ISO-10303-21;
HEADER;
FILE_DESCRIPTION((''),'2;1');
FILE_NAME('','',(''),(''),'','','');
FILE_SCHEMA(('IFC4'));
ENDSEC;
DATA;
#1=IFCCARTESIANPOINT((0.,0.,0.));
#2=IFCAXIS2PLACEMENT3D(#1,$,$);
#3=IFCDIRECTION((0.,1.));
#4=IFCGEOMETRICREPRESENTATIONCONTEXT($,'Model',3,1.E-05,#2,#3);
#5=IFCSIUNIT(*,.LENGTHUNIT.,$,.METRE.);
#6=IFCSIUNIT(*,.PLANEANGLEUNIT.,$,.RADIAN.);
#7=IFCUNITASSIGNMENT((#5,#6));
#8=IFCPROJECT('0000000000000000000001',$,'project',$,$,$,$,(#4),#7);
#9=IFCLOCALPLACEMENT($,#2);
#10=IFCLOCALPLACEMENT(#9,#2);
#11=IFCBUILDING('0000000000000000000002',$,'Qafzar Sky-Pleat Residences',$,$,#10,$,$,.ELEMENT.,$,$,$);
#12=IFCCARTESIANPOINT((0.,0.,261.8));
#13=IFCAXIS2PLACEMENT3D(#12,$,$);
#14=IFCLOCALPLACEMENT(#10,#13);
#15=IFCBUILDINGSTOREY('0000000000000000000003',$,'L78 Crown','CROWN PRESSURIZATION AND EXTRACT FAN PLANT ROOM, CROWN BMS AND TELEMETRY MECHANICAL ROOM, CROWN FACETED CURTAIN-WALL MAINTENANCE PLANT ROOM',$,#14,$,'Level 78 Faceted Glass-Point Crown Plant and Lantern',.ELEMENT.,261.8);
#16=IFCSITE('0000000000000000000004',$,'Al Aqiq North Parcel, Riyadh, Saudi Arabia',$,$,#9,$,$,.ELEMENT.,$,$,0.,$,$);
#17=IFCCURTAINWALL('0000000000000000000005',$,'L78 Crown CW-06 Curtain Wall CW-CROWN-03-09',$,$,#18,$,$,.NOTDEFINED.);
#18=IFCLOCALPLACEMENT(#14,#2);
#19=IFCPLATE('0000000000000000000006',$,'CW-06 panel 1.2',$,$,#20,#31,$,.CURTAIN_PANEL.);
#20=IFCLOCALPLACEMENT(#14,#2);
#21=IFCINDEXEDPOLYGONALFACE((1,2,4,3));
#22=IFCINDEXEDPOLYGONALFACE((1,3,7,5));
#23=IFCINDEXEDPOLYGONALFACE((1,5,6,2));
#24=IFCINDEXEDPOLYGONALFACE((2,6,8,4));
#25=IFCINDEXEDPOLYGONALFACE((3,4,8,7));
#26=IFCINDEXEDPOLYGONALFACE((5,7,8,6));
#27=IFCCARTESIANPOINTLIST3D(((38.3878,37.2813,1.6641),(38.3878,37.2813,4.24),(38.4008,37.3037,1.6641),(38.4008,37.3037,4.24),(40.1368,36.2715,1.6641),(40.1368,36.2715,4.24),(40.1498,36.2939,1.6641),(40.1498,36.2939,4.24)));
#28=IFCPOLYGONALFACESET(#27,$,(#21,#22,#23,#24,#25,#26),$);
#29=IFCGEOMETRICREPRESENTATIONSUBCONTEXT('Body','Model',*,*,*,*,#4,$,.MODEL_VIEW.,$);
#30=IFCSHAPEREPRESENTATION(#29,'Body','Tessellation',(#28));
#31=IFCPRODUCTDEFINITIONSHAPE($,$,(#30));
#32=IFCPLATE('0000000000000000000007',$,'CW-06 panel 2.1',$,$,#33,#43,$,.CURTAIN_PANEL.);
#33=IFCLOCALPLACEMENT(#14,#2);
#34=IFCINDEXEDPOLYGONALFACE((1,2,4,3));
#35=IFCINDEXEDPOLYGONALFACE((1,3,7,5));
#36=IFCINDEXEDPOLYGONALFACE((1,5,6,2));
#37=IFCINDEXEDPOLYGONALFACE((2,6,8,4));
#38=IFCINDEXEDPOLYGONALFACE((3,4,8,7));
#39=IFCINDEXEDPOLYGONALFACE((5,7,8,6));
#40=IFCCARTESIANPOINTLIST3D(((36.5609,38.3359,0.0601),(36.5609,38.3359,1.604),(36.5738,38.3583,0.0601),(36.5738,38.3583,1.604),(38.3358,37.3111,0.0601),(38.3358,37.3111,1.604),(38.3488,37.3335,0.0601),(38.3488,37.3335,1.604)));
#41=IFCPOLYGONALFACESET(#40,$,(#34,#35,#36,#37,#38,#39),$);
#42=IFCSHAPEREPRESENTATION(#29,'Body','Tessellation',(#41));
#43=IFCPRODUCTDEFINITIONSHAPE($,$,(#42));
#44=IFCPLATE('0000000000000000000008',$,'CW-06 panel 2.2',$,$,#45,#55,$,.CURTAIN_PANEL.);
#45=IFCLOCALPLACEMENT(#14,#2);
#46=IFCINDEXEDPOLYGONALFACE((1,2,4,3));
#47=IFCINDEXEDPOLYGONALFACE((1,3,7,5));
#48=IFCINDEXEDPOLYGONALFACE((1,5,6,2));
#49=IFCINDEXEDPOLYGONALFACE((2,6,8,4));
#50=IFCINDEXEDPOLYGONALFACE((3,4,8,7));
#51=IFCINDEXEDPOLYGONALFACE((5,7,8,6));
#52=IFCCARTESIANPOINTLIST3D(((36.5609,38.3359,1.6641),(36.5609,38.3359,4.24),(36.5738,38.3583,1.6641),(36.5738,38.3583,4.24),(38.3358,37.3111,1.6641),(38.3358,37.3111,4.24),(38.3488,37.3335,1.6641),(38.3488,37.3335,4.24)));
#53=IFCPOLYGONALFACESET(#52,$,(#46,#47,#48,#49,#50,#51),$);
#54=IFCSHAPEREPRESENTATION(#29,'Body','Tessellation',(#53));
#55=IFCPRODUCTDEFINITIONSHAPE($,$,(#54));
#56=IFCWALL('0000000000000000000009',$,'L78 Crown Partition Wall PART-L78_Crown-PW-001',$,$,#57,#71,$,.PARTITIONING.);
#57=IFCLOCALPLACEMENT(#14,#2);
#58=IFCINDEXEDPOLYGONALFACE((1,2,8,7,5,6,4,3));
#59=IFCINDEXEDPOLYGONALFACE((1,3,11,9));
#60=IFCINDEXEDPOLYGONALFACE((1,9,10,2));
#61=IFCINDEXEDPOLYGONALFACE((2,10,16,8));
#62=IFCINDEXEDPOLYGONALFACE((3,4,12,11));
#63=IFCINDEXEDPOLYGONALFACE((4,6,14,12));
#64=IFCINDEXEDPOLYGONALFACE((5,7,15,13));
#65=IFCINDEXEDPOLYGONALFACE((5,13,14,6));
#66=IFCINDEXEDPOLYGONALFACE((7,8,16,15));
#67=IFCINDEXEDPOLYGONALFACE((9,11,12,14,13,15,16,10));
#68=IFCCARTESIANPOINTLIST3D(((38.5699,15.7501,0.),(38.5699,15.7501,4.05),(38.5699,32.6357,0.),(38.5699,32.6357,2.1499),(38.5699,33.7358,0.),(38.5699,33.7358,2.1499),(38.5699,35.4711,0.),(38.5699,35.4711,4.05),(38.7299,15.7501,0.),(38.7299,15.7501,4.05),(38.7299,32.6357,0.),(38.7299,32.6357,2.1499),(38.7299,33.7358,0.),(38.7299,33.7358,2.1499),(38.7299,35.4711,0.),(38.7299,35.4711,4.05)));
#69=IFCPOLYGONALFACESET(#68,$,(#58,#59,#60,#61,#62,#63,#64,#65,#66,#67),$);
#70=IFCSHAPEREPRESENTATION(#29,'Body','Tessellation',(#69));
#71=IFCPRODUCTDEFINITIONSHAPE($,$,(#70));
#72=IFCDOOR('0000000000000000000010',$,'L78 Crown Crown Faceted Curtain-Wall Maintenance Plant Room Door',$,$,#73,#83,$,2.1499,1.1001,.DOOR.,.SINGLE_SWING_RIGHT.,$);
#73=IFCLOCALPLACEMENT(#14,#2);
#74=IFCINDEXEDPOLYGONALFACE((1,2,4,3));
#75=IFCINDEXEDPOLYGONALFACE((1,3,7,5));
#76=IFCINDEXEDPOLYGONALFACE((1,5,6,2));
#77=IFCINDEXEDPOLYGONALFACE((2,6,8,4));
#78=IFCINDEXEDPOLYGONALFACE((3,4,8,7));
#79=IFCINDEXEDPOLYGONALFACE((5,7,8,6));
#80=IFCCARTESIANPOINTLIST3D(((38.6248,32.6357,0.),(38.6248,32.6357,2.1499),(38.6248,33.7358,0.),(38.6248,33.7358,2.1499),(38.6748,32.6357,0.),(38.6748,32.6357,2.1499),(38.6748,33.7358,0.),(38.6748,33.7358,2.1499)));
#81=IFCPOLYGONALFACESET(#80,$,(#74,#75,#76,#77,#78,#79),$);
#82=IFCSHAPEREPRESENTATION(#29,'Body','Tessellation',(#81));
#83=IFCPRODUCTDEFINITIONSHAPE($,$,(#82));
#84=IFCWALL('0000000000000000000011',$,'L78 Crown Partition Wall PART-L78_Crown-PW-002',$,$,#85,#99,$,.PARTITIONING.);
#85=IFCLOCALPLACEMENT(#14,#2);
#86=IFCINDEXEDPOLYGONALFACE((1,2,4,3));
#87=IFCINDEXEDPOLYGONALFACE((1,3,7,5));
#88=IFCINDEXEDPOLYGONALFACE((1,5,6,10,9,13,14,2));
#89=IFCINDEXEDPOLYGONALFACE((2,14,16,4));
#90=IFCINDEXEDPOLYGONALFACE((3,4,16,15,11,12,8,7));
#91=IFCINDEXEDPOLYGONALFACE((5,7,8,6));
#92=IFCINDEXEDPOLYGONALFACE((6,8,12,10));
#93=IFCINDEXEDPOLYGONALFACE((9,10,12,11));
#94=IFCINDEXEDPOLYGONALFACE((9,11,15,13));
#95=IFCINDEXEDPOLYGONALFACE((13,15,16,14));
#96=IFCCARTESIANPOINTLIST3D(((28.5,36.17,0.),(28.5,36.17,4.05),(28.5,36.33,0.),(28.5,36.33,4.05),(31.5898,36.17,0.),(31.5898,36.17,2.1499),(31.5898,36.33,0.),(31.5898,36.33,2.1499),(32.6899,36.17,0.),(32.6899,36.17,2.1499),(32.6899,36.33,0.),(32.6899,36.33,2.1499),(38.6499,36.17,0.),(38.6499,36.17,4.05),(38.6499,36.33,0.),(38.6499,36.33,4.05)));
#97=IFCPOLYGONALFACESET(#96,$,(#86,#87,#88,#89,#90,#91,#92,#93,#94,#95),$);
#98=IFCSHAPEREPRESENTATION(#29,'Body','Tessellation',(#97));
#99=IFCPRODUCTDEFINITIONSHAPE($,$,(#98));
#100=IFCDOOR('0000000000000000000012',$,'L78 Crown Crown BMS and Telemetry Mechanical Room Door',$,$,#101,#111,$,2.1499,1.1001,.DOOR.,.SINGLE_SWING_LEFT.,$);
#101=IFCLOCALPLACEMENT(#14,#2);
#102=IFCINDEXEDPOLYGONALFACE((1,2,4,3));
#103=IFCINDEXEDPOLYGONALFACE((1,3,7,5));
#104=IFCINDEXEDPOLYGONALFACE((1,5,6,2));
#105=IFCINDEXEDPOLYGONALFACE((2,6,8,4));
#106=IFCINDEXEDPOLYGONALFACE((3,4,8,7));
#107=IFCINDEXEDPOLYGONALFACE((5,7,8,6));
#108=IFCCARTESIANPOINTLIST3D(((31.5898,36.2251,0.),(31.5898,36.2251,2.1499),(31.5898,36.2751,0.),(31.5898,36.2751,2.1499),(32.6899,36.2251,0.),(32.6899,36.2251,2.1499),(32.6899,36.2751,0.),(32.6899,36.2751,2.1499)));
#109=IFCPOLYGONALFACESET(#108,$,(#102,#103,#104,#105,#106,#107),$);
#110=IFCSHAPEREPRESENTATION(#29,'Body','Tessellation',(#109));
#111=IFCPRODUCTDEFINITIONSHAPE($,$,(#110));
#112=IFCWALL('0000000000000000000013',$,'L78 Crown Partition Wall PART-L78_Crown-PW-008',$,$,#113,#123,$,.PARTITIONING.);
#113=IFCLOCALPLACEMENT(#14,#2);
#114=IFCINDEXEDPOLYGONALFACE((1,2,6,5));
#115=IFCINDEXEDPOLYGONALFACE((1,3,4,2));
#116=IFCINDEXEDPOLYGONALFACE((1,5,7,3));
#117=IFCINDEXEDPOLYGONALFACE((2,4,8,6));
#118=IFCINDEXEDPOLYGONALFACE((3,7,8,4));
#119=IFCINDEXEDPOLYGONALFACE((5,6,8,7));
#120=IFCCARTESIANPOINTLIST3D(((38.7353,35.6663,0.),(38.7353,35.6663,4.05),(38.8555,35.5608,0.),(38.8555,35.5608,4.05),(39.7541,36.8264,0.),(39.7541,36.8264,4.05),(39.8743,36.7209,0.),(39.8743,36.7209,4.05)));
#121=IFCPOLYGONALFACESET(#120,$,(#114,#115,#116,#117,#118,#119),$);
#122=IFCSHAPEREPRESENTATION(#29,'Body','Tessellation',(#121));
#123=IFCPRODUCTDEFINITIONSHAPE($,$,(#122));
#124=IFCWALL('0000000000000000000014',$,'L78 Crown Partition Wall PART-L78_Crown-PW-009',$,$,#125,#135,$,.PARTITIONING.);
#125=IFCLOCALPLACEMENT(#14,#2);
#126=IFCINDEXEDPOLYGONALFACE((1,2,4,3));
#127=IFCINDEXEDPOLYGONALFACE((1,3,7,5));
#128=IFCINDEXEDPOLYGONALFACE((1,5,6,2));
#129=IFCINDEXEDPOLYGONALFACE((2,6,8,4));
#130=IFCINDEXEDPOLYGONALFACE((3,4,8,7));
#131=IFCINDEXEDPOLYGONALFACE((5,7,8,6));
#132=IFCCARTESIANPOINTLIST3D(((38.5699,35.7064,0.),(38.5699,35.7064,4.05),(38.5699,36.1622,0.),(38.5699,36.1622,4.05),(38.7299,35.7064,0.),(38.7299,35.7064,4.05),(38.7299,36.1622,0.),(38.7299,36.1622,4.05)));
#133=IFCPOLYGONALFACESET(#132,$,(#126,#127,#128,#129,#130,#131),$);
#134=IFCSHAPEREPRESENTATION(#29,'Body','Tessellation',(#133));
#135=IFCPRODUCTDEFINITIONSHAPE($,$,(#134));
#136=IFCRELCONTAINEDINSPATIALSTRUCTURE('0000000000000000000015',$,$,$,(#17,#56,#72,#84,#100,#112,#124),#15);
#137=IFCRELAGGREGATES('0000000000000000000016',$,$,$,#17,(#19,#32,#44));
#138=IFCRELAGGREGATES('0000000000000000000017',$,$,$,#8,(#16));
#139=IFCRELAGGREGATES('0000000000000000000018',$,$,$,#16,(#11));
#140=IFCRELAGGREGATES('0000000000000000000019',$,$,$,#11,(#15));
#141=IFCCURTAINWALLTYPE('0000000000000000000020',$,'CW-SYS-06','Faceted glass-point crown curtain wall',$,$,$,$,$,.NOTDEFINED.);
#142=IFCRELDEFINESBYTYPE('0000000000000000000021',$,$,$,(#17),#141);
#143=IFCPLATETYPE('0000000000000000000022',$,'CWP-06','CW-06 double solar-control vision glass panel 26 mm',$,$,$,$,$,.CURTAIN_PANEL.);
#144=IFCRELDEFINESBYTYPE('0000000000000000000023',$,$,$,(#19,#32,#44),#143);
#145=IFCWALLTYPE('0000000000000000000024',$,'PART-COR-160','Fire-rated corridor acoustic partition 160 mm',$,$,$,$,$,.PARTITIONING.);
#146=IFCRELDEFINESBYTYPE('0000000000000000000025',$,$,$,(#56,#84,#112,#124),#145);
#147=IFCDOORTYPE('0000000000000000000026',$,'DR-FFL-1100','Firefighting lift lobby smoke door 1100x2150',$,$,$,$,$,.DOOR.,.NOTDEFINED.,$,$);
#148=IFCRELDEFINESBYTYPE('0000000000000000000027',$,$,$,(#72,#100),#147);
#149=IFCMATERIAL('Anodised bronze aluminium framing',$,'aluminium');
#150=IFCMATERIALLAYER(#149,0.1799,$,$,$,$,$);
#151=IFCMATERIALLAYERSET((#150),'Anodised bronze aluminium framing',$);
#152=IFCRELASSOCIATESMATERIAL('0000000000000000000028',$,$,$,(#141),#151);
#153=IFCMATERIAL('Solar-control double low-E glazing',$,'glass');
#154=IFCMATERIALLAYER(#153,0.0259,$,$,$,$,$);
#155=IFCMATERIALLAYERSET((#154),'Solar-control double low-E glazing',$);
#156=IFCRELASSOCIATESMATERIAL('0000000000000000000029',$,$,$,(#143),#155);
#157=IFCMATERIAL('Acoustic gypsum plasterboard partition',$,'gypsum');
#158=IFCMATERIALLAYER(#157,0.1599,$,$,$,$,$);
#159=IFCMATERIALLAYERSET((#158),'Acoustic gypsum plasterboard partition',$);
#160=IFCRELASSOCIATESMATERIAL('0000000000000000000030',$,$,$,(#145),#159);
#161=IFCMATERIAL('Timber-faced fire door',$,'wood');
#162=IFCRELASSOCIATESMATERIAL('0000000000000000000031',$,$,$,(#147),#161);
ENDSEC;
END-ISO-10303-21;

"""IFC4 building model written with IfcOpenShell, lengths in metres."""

from ifc_helpers import new_model, si_unit, direction, frame, frame_2d, origin, origin_2d, place, context, subcontext, project, spatial, rectangle, extrude, source, transform, mapped, material, layer, layer_set, type_object, element, fill, aggregate, save


model = new_model("IFC4")

# Units and contexts
model_context = context("Model", 3, precision=1e-05, world=origin(), true_north=direction((0.0, 1.0)))
body_context = subcontext(model_context, "Body", "Model", "MODEL_VIEW")
ifc_project = project(units=[si_unit("LENGTHUNIT", "METRE"), si_unit("PLANEANGLEUNIT", "RADIAN")], contexts=[model_context])

# Site, building, storey
site_placement = place(None, origin())
site = spatial("IfcSite", under=ifc_project, at=site_placement, Name="Al Aqiq North Parcel, Riyadh, Saudi Arabia", CompositionType="ELEMENT", RefElevation=0.0)
building_placement = place(site_placement, origin())
building = spatial("IfcBuilding", under=site, at=building_placement, Name="Qafzar Sky-Pleat Residences", CompositionType="ELEMENT")
storey_placement = place(building_placement, frame((0.0, 0.0, 261.8)))
storey = spatial("IfcBuildingStorey", under=building, at=storey_placement, Name="L78 Crown", Description="CROWN PRESSURIZATION AND EXTRACT FAN PLANT ROOM, CROWN BMS AND TELEMETRY MECHANICAL ROOM, CROWN FACETED CURTAIN-WALL MAINTENANCE PLANT ROOM", LongName="Level 78 Faceted Glass-Point Crown Plant and Lantern", CompositionType="ELEMENT", Elevation=261.8)

# Shared definitions
ifc_material_1 = material(Name="Anodised bronze aluminium framing", Category="aluminium")
ifc_layer_1 = layer(ifc_material_1, 0.1799)
ifc_layer_set_1 = layer_set([ifc_layer_1], Name="Anodised bronze aluminium framing")
curtain_wall_type = type_object("IfcCurtainWallType", Name="CW-SYS-06", Description="Faceted glass-point crown curtain wall", PredefinedType="NOTDEFINED", material=ifc_layer_set_1)

# Curtain wall, plates
curtain_wall_1_placement = place(storey_placement, origin())
curtain_wall_1 = element("IfcCurtainWall", 1, at=curtain_wall_1_placement, inside=storey, type_object=curtain_wall_type, Name="L78 Crown CW-06 Curtain Wall CW-CROWN-03-09", PredefinedType="NOTDEFINED")
ifc_material_2 = material(Name="Solar-control double low-E glazing", Category="glass")
ifc_layer_2 = layer(ifc_material_2, 0.0259)
ifc_layer_set_2 = layer_set([ifc_layer_2], Name="Solar-control double low-E glazing")
plate_type = type_object("IfcPlateType", Name="CWP-06", Description="CW-06 double solar-control vision glass panel 26 mm", PredefinedType="CURTAIN_PANEL", material=ifc_layer_set_2)
shared_shape_1 = source(origin(), body_context, "Body", "SweptSolid", [
    extrude(rectangle(XDim=2.0195, YDim=0.0259, at=origin_2d()), origin(), (0.0, 0.0, 1.0), 2.5759),
])
plate_1_placement = place(storey_placement, frame((39.2688, 36.7876, 1.6641), z_axis=(0.0, 0.0, 1.0), x_axis=(-0.866024, 0.500002, 0.0)))
plate_1 = element("IfcPlate", 2, at=plate_1_placement, type_object=plate_type, Name="CW-06 panel 1.2", PredefinedType="CURTAIN_PANEL", context=body_context, shape_type="MappedRepresentation", body=[
    mapped(shared_shape_1, transform((0.0, 0.0, 0.0), x_axis=(1.0, 0.0, 0.0), y_axis=(0.0, 1.0, 0.0), z_axis=(0.0, 0.0, 1.0), scale=1.0)),
])
shared_shape_2 = source(origin(), body_context, "Body", "SweptSolid", [
    extrude(rectangle(XDim=2.0496, YDim=0.0259, at=origin_2d()), origin(), (0.0, 0.0, 1.0), 1.5439),
])
plate_2_placement = place(storey_placement, frame((37.4548, 37.8347, 0.0601), z_axis=(0.0, 0.0, 1.0), x_axis=(-0.866024, 0.500002, 0.0)))
plate_2 = element("IfcPlate", 3, at=plate_2_placement, type_object=plate_type, Name="CW-06 panel 2.1", PredefinedType="CURTAIN_PANEL", context=body_context, shape_type="MappedRepresentation", body=[
    mapped(shared_shape_2, transform((0.0, 0.0, 0.0), x_axis=(1.0, 0.0, 0.0), y_axis=(0.0, 1.0, 0.0), z_axis=(0.0, 0.0, 1.0), scale=1.0)),
])
shared_shape_3 = source(origin(), body_context, "Body", "SweptSolid", [
    extrude(rectangle(XDim=2.0496, YDim=0.0259, at=origin_2d()), origin(), (0.0, 0.0, 1.0), 2.5759),
])
plate_3_placement = place(storey_placement, frame((37.4548, 37.8347, 1.6641), z_axis=(0.0, 0.0, 1.0), x_axis=(-0.866024, 0.500002, 0.0)))
plate_3 = element("IfcPlate", 4, at=plate_3_placement, type_object=plate_type, Name="CW-06 panel 2.2", PredefinedType="CURTAIN_PANEL", context=body_context, shape_type="MappedRepresentation", body=[
    mapped(shared_shape_3, transform((0.0, 0.0, 0.0), x_axis=(1.0, 0.0, 0.0), y_axis=(0.0, 1.0, 0.0), z_axis=(0.0, 0.0, 1.0), scale=1.0)),
])
aggregate(curtain_wall_1, [plate_1, plate_2, plate_3])

# Walls, openings, doors
ifc_material_3 = material(Name="Acoustic gypsum plasterboard partition", Category="gypsum")
ifc_layer_3 = layer(ifc_material_3, 0.1599)
ifc_layer_set_3 = layer_set([ifc_layer_3], Name="Acoustic gypsum plasterboard partition")
wall_type = type_object("IfcWallType", Name="PART-COR-160", Description="Fire-rated corridor acoustic partition 160 mm", PredefinedType="PARTITIONING", material=ifc_layer_set_3)
wall_1_placement = place(storey_placement, frame((38.6499, 35.4709, 0.0), z_axis=(0.0, 0.0, 1.0), x_axis=(0.0, -1.0, 0.0)))
wall_1 = element("IfcWall", 5, at=wall_1_placement, inside=storey, type_object=wall_type, Name="L78 Crown Partition Wall PART-L78_Crown-PW-001", PredefinedType="PARTITIONING", context=body_context, shape_type="SweptSolid", body=[
    extrude(rectangle(XDim=19.7209, YDim=0.1599, at=frame_2d((9.8604, 0.0))), origin(), (0.0, 0.0, 1.0), 4.05),
])
opening_1_placement = place(wall_1_placement, frame((1.7351, 0.0, 0.0)))
opening_1 = element("IfcOpeningElement", 6, at=opening_1_placement, cuts=wall_1, PredefinedType="OPENING", context=body_context, shape_type="SweptSolid", body=[
    extrude(rectangle(XDim=1.1001, YDim=2.1499, at=frame_2d((0.55, 1.075))), frame((0.0, 0.0898, 0.0), z_axis=(0.0, -1.0, 0.0), x_axis=(1.0, 0.0, 0.0)), (0.0, 0.0, 1.0), 0.1799),
])
ifc_material_4 = material(Name="Timber-faced fire door", Category="wood")
door_type = type_object("IfcDoorType", Name="DR-FFL-1100", Description="Firefighting lift lobby smoke door 1100x2150", OperationType="NOTDEFINED", PredefinedType="DOOR", material=ifc_material_4)
shared_shape_4 = source(origin(), body_context, "Body", "SweptSolid", [
    extrude(rectangle(XDim=1.1001, YDim=2.1499, at=frame_2d((0.55, 1.075))), frame((0.0, 0.0249, 0.0), z_axis=(0.0, -1.0, 0.0), x_axis=(1.0, 0.0, 0.0)), (0.0, 0.0, 1.0), 0.05),
])
door_1_placement = place(opening_1_placement, origin())
door_1 = element("IfcDoor", 7, at=door_1_placement, inside=storey, type_object=door_type, Name="L78 Crown Crown Faceted Curtain-Wall Maintenance Plant Room Door", OperationType="SINGLE_SWING_RIGHT", OverallHeight=2.1499, OverallWidth=1.1001, PredefinedType="DOOR", context=body_context, shape_type="MappedRepresentation", body=[
    mapped(shared_shape_4, transform((0.0, 0.0, 0.0), x_axis=(1.0, 0.0, 0.0), y_axis=(0.0, 1.0, 0.0), z_axis=(0.0, 0.0, 1.0), scale=1.0)),
])
fill(opening_1, door_1)
wall_2_placement = place(storey_placement, frame((38.6499, 36.25, 0.0), z_axis=(0.0, 0.0, 1.0), x_axis=(-1.0, 0.0, 0.0)))
wall_2 = element("IfcWall", 8, at=wall_2_placement, inside=storey, type_object=wall_type, Name="L78 Crown Partition Wall PART-L78_Crown-PW-002", PredefinedType="PARTITIONING", context=body_context, shape_type="SweptSolid", body=[
    extrude(rectangle(XDim=10.1499, YDim=0.1599, at=frame_2d((5.075, 0.0))), origin(), (0.0, 0.0, 1.0), 4.05),
])
opening_2_placement = place(wall_2_placement, frame((5.96, 0.0, 0.0)))
opening_2 = element("IfcOpeningElement", 9, at=opening_2_placement, cuts=wall_2, PredefinedType="OPENING", context=body_context, shape_type="SweptSolid", body=[
    extrude(rectangle(XDim=1.1001, YDim=2.1499, at=frame_2d((0.55, 1.075))), frame((0.0, 0.0898, 0.0), z_axis=(0.0, -1.0, 0.0), x_axis=(1.0, 0.0, 0.0)), (0.0, 0.0, 1.0), 0.1799),
])
door_2_placement = place(opening_2_placement, origin())
door_2 = element("IfcDoor", 10, at=door_2_placement, inside=storey, type_object=door_type, Name="L78 Crown Crown BMS and Telemetry Mechanical Room Door", OperationType="SINGLE_SWING_LEFT", OverallHeight=2.1499, OverallWidth=1.1001, PredefinedType="DOOR", context=body_context, shape_type="MappedRepresentation", body=[
    mapped(shared_shape_4, transform((0.0, 0.0, 0.0), x_axis=(1.0, 0.0, 0.0), y_axis=(0.0, 1.0, 0.0), z_axis=(0.0, 0.0, 1.0), scale=1.0)),
])
fill(opening_2, door_2)

# Walls
wall_3_placement = place(storey_placement, frame((38.7954, 35.6135, 0.0), z_axis=(0.0, 0.0, 1.0), x_axis=(0.659847, 0.7514, 0.0)))
element("IfcWall", 11, at=wall_3_placement, inside=storey, type_object=wall_type, Name="L78 Crown Partition Wall PART-L78_Crown-PW-008", PredefinedType="PARTITIONING", context=body_context, shape_type="SweptSolid", body=[
    extrude(rectangle(XDim=1.5439, YDim=0.1599, at=frame_2d((0.772, 0.0))), origin(), (0.0, 0.0, 1.0), 4.05),
])
wall_4_placement = place(storey_placement, frame((38.6499, 35.7063, 0.0), z_axis=(0.0, 0.0, 1.0), x_axis=(0.0, 1.0, 0.0)))
element("IfcWall", 12, at=wall_4_placement, inside=storey, type_object=wall_type, Name="L78 Crown Partition Wall PART-L78_Crown-PW-009", PredefinedType="PARTITIONING", context=body_context, shape_type="SweptSolid", body=[
    extrude(rectangle(XDim=0.4558, YDim=0.1599, at=frame_2d((0.228, 0.0))), origin(), (0.0, 0.0, 1.0), 4.05),
])

save(model, "model.ifc")
